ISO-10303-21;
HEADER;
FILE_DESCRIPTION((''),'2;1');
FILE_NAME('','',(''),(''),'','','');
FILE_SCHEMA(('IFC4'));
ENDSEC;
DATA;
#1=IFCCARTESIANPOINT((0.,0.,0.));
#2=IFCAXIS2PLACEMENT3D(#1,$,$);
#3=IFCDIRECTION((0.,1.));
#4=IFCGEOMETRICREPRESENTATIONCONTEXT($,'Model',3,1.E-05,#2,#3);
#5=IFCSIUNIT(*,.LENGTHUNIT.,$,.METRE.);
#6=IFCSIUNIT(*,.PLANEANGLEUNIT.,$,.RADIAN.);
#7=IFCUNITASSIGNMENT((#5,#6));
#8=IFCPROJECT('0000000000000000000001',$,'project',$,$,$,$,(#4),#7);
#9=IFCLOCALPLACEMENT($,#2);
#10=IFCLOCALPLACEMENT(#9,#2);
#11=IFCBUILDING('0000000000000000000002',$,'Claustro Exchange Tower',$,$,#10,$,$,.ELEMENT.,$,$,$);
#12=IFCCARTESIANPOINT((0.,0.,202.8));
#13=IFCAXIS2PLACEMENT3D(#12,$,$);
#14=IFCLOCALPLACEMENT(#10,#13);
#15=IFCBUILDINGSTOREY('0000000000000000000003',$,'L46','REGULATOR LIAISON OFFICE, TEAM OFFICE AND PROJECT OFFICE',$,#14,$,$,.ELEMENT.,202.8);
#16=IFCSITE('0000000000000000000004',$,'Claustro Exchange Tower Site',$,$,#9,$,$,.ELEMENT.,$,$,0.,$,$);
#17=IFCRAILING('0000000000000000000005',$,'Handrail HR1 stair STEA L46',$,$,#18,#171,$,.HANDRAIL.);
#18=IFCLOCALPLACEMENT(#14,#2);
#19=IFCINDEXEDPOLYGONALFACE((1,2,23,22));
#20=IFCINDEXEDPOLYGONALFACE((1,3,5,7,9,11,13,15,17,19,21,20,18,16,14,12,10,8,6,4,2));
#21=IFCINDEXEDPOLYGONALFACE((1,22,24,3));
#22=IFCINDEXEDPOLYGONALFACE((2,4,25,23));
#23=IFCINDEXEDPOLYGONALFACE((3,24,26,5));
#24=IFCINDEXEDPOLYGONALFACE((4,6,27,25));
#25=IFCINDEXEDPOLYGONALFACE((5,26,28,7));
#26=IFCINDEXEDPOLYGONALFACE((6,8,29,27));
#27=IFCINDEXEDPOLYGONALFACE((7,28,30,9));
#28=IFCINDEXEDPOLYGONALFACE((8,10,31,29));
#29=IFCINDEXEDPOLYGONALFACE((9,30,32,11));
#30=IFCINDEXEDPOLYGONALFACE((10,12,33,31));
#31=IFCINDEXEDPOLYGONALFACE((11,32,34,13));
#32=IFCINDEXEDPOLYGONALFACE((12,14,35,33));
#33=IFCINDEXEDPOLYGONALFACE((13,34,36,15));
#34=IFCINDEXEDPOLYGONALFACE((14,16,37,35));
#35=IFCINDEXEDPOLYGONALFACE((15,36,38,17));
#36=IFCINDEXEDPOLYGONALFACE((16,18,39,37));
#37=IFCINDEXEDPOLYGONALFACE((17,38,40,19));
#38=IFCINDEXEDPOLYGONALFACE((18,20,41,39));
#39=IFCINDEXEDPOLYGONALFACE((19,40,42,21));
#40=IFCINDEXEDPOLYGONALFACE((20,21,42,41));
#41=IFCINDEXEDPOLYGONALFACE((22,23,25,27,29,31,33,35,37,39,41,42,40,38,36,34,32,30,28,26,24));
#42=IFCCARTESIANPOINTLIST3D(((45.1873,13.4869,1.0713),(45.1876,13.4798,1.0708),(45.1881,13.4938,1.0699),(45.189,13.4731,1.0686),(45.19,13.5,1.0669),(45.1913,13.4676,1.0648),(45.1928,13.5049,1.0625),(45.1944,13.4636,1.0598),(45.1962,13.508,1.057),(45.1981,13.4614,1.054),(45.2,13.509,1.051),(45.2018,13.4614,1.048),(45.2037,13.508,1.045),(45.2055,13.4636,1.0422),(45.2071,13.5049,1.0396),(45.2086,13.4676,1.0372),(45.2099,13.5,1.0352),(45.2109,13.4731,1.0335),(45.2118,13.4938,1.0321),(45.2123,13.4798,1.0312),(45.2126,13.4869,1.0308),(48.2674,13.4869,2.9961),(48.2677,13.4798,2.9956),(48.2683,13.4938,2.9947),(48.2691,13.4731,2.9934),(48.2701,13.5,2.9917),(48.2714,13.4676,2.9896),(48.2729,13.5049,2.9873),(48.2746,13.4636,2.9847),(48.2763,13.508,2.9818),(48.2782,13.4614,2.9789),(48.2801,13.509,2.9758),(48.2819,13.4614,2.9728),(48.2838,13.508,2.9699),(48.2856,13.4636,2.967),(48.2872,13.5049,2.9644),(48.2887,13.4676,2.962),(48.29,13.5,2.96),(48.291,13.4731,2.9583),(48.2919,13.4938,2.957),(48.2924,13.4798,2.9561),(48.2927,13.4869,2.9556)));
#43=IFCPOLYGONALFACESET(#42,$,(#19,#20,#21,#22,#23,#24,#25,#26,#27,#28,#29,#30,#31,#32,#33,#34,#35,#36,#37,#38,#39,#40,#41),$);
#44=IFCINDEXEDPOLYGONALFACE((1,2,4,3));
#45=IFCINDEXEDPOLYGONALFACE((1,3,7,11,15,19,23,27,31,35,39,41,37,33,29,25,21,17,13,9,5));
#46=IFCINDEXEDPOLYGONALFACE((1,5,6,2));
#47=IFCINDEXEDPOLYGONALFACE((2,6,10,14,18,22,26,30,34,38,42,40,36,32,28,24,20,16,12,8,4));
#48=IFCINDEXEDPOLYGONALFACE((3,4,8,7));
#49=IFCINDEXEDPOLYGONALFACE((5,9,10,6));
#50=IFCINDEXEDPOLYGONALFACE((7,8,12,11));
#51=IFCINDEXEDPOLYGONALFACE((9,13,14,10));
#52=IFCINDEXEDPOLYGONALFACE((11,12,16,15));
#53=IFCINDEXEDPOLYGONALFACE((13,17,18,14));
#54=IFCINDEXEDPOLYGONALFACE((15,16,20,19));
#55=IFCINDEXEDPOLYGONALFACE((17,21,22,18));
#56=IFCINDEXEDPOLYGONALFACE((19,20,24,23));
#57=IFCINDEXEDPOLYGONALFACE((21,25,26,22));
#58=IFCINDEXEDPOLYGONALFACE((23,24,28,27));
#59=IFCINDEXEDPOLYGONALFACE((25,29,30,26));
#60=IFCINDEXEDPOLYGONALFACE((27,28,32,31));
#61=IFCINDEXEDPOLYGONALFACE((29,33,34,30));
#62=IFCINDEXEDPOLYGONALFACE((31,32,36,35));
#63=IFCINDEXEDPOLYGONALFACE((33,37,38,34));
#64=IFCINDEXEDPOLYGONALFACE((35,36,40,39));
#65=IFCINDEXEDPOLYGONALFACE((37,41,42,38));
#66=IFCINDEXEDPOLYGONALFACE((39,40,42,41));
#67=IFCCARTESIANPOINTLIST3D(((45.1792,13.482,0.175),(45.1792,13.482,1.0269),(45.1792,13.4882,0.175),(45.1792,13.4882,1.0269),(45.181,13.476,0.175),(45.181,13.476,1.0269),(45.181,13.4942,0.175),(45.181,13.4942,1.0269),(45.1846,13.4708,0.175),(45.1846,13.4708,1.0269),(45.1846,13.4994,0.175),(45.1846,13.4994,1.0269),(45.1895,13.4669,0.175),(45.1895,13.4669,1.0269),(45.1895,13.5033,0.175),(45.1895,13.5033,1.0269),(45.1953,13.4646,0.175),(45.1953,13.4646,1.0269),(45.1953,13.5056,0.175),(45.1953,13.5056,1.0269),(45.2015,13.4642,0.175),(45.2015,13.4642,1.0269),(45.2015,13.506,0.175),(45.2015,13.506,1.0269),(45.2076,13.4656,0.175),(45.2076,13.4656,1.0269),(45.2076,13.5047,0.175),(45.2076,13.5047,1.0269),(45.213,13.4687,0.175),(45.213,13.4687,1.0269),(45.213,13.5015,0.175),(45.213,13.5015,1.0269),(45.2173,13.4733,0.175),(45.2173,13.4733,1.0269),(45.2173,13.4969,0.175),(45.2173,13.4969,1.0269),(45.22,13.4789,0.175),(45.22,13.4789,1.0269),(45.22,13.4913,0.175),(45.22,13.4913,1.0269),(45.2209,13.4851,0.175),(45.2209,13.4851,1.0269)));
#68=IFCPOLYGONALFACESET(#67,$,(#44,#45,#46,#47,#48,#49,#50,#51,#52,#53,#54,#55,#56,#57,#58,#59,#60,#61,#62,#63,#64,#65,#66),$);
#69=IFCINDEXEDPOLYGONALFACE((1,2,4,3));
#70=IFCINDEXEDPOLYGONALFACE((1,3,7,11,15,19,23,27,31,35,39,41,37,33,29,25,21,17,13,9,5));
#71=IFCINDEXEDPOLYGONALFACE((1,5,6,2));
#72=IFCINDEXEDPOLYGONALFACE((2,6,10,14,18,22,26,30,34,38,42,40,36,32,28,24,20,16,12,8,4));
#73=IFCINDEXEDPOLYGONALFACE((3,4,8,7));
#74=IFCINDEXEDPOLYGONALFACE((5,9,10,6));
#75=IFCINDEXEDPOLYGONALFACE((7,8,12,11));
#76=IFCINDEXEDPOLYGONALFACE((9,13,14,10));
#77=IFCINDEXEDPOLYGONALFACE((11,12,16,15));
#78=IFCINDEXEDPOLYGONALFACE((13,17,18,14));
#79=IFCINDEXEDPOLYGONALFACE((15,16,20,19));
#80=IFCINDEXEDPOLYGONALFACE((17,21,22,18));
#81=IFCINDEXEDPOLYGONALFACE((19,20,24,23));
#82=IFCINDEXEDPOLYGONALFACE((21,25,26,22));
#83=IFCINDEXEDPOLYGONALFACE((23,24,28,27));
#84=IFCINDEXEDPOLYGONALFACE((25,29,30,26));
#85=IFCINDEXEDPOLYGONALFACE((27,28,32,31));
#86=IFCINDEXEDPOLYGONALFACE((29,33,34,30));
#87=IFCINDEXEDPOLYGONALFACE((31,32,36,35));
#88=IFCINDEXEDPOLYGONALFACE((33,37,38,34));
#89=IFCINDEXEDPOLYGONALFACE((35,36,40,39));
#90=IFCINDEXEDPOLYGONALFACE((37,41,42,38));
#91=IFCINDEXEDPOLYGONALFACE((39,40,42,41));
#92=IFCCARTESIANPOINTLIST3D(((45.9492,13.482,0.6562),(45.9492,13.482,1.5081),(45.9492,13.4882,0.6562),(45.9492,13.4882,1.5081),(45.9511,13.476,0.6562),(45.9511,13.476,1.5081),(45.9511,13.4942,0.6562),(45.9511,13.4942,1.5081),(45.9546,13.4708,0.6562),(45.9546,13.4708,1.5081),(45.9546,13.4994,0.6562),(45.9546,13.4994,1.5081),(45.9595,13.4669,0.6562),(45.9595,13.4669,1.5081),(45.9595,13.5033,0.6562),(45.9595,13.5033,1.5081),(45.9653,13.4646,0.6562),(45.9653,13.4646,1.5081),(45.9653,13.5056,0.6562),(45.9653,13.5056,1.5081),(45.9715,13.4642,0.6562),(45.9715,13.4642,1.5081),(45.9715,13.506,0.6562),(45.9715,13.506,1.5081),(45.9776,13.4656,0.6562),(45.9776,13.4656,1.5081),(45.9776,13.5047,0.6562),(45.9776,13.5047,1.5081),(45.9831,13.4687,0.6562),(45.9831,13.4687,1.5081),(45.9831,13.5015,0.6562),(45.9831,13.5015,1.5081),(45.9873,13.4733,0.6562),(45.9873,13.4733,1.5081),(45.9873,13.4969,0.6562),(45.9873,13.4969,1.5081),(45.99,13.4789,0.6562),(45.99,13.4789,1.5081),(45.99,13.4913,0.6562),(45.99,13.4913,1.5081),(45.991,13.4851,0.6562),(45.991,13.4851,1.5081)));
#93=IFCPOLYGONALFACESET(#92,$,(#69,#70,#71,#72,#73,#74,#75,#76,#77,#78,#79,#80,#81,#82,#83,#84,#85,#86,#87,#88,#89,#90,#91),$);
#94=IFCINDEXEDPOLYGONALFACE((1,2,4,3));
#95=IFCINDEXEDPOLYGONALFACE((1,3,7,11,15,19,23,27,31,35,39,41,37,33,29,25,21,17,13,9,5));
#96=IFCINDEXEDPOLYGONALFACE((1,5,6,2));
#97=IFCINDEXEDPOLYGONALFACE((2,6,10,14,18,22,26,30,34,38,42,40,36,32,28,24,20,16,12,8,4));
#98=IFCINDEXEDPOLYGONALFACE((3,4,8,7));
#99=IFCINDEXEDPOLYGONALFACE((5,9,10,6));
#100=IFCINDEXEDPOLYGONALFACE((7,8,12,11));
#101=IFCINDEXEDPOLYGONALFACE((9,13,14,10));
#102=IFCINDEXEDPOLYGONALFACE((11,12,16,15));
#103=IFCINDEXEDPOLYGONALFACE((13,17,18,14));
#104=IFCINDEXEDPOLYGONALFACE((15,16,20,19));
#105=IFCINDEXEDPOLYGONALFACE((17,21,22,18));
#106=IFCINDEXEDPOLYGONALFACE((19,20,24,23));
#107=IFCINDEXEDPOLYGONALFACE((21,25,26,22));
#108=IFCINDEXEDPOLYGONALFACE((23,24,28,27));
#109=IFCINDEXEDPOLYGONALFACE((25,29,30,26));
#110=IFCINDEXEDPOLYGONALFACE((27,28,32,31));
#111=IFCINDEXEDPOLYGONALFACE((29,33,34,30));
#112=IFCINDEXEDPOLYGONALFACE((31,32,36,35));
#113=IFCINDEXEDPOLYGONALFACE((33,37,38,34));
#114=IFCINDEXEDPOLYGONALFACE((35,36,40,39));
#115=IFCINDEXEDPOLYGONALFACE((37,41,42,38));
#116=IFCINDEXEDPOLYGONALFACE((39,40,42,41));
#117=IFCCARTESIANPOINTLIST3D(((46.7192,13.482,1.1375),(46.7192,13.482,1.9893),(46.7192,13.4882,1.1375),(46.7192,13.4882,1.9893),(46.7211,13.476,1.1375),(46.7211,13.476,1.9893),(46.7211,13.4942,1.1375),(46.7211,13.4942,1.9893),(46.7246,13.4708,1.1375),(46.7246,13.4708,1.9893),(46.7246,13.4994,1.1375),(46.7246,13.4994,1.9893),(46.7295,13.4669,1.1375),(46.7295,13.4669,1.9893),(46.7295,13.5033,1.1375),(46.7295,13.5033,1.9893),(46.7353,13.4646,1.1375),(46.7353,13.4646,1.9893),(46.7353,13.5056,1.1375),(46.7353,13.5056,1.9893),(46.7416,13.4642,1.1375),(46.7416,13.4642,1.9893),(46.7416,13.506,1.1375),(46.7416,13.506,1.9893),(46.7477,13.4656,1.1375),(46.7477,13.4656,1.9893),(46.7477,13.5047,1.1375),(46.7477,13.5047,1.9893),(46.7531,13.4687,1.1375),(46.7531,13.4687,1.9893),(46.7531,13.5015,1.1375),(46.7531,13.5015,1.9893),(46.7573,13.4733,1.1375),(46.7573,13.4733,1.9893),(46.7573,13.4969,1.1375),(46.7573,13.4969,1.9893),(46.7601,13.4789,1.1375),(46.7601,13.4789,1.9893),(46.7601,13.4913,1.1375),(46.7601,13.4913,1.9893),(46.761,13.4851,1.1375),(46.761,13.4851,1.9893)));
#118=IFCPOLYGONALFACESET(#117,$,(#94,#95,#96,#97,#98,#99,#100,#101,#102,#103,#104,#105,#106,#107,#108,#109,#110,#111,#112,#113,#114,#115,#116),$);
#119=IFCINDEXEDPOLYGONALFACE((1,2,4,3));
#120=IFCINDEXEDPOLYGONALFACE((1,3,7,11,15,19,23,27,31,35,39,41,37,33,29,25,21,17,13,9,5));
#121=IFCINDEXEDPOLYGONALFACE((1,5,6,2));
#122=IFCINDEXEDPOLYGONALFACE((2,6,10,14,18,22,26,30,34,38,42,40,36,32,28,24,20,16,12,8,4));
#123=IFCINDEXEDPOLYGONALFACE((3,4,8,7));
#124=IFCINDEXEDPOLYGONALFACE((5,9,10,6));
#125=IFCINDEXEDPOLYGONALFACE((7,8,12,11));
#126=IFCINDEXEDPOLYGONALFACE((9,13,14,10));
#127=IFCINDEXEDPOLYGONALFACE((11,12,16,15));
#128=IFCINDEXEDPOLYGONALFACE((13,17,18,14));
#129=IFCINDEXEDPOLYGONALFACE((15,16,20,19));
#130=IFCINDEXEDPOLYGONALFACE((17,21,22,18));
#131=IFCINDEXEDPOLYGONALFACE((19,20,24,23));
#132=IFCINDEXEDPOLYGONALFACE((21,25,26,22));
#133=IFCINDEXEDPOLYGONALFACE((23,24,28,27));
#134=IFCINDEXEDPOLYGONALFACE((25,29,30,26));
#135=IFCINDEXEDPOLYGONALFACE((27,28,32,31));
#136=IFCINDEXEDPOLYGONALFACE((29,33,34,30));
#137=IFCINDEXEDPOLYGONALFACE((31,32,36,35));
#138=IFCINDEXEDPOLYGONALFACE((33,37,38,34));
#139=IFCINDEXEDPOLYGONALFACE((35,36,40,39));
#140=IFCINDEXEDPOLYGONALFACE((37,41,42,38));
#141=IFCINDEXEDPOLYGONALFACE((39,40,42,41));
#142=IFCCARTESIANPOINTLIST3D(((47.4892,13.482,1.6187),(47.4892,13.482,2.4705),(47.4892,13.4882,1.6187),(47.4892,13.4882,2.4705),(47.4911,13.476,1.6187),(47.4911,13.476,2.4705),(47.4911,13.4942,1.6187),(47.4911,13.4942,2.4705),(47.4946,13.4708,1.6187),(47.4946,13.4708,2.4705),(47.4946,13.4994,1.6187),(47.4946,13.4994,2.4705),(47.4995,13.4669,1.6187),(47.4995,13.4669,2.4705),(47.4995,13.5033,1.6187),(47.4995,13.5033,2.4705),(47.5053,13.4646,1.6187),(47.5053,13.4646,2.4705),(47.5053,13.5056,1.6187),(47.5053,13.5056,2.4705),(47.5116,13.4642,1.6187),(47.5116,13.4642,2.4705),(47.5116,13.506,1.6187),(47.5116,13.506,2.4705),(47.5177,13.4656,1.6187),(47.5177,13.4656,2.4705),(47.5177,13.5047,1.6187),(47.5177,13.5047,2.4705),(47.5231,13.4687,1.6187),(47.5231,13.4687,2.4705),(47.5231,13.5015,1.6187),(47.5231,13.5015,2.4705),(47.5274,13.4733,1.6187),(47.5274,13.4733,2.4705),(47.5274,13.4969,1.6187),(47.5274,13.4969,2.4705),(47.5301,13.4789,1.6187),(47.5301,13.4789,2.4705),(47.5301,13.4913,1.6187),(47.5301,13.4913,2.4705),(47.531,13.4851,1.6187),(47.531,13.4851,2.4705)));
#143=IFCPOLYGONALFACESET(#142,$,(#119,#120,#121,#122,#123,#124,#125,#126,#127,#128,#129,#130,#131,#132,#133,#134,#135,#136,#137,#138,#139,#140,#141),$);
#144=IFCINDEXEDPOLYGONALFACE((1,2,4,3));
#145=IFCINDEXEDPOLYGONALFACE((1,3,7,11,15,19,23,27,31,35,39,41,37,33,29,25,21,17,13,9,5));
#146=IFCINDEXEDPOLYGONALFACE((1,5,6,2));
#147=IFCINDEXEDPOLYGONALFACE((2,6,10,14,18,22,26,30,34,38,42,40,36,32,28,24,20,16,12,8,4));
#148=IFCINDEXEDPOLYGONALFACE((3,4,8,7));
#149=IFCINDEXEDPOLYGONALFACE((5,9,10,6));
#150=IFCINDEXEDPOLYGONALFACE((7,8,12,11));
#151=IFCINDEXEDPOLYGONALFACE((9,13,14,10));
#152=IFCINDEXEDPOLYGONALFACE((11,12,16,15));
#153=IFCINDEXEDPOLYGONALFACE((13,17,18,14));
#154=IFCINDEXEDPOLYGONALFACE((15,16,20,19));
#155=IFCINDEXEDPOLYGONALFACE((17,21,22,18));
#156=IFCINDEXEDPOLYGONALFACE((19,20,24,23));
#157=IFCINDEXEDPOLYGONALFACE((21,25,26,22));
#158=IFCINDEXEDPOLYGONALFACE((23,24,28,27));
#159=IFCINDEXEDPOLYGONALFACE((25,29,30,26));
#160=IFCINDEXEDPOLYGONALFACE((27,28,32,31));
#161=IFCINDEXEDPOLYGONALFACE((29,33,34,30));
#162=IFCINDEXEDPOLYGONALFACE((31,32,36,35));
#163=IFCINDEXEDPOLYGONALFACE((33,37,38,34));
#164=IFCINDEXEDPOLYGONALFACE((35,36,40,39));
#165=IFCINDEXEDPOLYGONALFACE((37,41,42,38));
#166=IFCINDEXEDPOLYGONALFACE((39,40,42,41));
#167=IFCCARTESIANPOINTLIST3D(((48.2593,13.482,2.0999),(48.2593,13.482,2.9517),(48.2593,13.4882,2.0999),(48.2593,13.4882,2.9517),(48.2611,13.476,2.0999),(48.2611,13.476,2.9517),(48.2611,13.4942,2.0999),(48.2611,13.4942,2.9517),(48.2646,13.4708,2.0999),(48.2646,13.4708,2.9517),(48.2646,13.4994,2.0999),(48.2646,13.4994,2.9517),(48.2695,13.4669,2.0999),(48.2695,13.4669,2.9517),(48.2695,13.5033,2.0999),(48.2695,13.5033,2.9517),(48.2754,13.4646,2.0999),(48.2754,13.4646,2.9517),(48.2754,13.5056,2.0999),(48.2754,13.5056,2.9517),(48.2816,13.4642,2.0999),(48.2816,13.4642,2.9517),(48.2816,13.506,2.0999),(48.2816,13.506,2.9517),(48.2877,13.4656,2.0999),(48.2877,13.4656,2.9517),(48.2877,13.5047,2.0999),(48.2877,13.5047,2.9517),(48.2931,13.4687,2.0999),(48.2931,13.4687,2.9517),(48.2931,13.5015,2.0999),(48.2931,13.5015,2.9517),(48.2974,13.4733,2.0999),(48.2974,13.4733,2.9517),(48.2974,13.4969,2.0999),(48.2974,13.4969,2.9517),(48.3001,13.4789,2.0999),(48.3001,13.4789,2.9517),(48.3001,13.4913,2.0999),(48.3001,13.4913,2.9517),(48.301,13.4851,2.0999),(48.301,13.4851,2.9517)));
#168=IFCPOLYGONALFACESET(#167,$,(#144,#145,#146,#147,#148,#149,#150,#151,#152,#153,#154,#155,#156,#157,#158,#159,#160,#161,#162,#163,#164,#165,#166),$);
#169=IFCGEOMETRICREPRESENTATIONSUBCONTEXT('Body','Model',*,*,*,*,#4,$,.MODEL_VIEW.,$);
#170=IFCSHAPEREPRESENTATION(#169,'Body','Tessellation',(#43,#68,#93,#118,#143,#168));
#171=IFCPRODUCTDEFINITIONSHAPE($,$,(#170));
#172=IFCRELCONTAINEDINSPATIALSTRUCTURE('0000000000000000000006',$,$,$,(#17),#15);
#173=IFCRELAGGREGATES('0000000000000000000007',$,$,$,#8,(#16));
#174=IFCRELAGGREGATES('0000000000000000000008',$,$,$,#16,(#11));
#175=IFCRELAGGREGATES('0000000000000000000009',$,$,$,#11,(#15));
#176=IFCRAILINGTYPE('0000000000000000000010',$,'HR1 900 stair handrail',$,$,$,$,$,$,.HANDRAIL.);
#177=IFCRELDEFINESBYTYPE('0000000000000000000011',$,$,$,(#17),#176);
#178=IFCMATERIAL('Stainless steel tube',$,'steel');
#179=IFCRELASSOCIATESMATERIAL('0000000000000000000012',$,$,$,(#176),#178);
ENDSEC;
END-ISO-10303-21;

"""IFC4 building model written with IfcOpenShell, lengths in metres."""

from ifc_helpers import new_model, si_unit, direction, frame, origin, origin_2d, place, context, subcontext, project, spatial, circle, extrude, material, type_object, element, save


model = new_model("IFC4")

# Units and contexts
model_context = context("Model", 3, precision=1e-05, world=origin(), true_north=direction((0.0, 1.0)))
body_context = subcontext(model_context, "Body", "Model", "MODEL_VIEW")
ifc_project = project(units=[si_unit("LENGTHUNIT", "METRE"), si_unit("PLANEANGLEUNIT", "RADIAN")], contexts=[model_context])

# Site, building, storey
site_placement = place(None, origin())
site = spatial("IfcSite", under=ifc_project, at=site_placement, Name="Claustro Exchange Tower Site", CompositionType="ELEMENT", RefElevation=0.0)
building_placement = place(site_placement, origin())
building = spatial("IfcBuilding", under=site, at=building_placement, Name="Claustro Exchange Tower", CompositionType="ELEMENT")
storey_placement = place(building_placement, frame((0.0, 0.0, 202.8)))
storey = spatial("IfcBuildingStorey", under=building, at=storey_placement, Name="L46", Description="REGULATOR LIAISON OFFICE, TEAM OFFICE AND PROJECT OFFICE", CompositionType="ELEMENT", Elevation=202.8)

# Railing
ifc_material_1 = material(Name="Stainless steel tube", Category="steel")
railing_type = type_object("IfcRailingType", Name="HR1 900 stair handrail", PredefinedType="HANDRAIL", material=ifc_material_1)
railing_placement = place(storey_placement, frame((45.2, 13.4851, 0.175)))
element("IfcRailing", 1, at=railing_placement, inside=storey, type_object=railing_type, Name="Handrail HR1 stair STEA L46", PredefinedType="HANDRAIL", context=body_context, shape_type="SweptSolid", body=[
    extrude(circle(Radius=0.0239, at=origin_2d()), frame((0.0, 0.0, 0.876), z_axis=(0.848029, 0.0, 0.529951), x_axis=(0.0, 1.0, 0.0)), (0.0, 0.0, 1.0), 3.6321),
    extrude(circle(Radius=0.021, at=origin_2d()), origin(), (0.0, 0.0, 1.0), 0.8518),
    extrude(circle(Radius=0.021, at=origin_2d()), frame((0.77, 0.0, 0.4812)), (0.0, 0.0, 1.0), 0.8518),
    extrude(circle(Radius=0.021, at=origin_2d()), frame((1.54, 0.0, 0.9624)), (0.0, 0.0, 1.0), 0.8518),
    extrude(circle(Radius=0.021, at=origin_2d()), frame((2.3101, 0.0, 1.4436)), (0.0, 0.0, 1.0), 0.8518),
    extrude(circle(Radius=0.021, at=origin_2d()), frame((3.0801, 0.0, 1.9248)), (0.0, 0.0, 1.0), 0.8518),
])

save(model, "model.ifc")
